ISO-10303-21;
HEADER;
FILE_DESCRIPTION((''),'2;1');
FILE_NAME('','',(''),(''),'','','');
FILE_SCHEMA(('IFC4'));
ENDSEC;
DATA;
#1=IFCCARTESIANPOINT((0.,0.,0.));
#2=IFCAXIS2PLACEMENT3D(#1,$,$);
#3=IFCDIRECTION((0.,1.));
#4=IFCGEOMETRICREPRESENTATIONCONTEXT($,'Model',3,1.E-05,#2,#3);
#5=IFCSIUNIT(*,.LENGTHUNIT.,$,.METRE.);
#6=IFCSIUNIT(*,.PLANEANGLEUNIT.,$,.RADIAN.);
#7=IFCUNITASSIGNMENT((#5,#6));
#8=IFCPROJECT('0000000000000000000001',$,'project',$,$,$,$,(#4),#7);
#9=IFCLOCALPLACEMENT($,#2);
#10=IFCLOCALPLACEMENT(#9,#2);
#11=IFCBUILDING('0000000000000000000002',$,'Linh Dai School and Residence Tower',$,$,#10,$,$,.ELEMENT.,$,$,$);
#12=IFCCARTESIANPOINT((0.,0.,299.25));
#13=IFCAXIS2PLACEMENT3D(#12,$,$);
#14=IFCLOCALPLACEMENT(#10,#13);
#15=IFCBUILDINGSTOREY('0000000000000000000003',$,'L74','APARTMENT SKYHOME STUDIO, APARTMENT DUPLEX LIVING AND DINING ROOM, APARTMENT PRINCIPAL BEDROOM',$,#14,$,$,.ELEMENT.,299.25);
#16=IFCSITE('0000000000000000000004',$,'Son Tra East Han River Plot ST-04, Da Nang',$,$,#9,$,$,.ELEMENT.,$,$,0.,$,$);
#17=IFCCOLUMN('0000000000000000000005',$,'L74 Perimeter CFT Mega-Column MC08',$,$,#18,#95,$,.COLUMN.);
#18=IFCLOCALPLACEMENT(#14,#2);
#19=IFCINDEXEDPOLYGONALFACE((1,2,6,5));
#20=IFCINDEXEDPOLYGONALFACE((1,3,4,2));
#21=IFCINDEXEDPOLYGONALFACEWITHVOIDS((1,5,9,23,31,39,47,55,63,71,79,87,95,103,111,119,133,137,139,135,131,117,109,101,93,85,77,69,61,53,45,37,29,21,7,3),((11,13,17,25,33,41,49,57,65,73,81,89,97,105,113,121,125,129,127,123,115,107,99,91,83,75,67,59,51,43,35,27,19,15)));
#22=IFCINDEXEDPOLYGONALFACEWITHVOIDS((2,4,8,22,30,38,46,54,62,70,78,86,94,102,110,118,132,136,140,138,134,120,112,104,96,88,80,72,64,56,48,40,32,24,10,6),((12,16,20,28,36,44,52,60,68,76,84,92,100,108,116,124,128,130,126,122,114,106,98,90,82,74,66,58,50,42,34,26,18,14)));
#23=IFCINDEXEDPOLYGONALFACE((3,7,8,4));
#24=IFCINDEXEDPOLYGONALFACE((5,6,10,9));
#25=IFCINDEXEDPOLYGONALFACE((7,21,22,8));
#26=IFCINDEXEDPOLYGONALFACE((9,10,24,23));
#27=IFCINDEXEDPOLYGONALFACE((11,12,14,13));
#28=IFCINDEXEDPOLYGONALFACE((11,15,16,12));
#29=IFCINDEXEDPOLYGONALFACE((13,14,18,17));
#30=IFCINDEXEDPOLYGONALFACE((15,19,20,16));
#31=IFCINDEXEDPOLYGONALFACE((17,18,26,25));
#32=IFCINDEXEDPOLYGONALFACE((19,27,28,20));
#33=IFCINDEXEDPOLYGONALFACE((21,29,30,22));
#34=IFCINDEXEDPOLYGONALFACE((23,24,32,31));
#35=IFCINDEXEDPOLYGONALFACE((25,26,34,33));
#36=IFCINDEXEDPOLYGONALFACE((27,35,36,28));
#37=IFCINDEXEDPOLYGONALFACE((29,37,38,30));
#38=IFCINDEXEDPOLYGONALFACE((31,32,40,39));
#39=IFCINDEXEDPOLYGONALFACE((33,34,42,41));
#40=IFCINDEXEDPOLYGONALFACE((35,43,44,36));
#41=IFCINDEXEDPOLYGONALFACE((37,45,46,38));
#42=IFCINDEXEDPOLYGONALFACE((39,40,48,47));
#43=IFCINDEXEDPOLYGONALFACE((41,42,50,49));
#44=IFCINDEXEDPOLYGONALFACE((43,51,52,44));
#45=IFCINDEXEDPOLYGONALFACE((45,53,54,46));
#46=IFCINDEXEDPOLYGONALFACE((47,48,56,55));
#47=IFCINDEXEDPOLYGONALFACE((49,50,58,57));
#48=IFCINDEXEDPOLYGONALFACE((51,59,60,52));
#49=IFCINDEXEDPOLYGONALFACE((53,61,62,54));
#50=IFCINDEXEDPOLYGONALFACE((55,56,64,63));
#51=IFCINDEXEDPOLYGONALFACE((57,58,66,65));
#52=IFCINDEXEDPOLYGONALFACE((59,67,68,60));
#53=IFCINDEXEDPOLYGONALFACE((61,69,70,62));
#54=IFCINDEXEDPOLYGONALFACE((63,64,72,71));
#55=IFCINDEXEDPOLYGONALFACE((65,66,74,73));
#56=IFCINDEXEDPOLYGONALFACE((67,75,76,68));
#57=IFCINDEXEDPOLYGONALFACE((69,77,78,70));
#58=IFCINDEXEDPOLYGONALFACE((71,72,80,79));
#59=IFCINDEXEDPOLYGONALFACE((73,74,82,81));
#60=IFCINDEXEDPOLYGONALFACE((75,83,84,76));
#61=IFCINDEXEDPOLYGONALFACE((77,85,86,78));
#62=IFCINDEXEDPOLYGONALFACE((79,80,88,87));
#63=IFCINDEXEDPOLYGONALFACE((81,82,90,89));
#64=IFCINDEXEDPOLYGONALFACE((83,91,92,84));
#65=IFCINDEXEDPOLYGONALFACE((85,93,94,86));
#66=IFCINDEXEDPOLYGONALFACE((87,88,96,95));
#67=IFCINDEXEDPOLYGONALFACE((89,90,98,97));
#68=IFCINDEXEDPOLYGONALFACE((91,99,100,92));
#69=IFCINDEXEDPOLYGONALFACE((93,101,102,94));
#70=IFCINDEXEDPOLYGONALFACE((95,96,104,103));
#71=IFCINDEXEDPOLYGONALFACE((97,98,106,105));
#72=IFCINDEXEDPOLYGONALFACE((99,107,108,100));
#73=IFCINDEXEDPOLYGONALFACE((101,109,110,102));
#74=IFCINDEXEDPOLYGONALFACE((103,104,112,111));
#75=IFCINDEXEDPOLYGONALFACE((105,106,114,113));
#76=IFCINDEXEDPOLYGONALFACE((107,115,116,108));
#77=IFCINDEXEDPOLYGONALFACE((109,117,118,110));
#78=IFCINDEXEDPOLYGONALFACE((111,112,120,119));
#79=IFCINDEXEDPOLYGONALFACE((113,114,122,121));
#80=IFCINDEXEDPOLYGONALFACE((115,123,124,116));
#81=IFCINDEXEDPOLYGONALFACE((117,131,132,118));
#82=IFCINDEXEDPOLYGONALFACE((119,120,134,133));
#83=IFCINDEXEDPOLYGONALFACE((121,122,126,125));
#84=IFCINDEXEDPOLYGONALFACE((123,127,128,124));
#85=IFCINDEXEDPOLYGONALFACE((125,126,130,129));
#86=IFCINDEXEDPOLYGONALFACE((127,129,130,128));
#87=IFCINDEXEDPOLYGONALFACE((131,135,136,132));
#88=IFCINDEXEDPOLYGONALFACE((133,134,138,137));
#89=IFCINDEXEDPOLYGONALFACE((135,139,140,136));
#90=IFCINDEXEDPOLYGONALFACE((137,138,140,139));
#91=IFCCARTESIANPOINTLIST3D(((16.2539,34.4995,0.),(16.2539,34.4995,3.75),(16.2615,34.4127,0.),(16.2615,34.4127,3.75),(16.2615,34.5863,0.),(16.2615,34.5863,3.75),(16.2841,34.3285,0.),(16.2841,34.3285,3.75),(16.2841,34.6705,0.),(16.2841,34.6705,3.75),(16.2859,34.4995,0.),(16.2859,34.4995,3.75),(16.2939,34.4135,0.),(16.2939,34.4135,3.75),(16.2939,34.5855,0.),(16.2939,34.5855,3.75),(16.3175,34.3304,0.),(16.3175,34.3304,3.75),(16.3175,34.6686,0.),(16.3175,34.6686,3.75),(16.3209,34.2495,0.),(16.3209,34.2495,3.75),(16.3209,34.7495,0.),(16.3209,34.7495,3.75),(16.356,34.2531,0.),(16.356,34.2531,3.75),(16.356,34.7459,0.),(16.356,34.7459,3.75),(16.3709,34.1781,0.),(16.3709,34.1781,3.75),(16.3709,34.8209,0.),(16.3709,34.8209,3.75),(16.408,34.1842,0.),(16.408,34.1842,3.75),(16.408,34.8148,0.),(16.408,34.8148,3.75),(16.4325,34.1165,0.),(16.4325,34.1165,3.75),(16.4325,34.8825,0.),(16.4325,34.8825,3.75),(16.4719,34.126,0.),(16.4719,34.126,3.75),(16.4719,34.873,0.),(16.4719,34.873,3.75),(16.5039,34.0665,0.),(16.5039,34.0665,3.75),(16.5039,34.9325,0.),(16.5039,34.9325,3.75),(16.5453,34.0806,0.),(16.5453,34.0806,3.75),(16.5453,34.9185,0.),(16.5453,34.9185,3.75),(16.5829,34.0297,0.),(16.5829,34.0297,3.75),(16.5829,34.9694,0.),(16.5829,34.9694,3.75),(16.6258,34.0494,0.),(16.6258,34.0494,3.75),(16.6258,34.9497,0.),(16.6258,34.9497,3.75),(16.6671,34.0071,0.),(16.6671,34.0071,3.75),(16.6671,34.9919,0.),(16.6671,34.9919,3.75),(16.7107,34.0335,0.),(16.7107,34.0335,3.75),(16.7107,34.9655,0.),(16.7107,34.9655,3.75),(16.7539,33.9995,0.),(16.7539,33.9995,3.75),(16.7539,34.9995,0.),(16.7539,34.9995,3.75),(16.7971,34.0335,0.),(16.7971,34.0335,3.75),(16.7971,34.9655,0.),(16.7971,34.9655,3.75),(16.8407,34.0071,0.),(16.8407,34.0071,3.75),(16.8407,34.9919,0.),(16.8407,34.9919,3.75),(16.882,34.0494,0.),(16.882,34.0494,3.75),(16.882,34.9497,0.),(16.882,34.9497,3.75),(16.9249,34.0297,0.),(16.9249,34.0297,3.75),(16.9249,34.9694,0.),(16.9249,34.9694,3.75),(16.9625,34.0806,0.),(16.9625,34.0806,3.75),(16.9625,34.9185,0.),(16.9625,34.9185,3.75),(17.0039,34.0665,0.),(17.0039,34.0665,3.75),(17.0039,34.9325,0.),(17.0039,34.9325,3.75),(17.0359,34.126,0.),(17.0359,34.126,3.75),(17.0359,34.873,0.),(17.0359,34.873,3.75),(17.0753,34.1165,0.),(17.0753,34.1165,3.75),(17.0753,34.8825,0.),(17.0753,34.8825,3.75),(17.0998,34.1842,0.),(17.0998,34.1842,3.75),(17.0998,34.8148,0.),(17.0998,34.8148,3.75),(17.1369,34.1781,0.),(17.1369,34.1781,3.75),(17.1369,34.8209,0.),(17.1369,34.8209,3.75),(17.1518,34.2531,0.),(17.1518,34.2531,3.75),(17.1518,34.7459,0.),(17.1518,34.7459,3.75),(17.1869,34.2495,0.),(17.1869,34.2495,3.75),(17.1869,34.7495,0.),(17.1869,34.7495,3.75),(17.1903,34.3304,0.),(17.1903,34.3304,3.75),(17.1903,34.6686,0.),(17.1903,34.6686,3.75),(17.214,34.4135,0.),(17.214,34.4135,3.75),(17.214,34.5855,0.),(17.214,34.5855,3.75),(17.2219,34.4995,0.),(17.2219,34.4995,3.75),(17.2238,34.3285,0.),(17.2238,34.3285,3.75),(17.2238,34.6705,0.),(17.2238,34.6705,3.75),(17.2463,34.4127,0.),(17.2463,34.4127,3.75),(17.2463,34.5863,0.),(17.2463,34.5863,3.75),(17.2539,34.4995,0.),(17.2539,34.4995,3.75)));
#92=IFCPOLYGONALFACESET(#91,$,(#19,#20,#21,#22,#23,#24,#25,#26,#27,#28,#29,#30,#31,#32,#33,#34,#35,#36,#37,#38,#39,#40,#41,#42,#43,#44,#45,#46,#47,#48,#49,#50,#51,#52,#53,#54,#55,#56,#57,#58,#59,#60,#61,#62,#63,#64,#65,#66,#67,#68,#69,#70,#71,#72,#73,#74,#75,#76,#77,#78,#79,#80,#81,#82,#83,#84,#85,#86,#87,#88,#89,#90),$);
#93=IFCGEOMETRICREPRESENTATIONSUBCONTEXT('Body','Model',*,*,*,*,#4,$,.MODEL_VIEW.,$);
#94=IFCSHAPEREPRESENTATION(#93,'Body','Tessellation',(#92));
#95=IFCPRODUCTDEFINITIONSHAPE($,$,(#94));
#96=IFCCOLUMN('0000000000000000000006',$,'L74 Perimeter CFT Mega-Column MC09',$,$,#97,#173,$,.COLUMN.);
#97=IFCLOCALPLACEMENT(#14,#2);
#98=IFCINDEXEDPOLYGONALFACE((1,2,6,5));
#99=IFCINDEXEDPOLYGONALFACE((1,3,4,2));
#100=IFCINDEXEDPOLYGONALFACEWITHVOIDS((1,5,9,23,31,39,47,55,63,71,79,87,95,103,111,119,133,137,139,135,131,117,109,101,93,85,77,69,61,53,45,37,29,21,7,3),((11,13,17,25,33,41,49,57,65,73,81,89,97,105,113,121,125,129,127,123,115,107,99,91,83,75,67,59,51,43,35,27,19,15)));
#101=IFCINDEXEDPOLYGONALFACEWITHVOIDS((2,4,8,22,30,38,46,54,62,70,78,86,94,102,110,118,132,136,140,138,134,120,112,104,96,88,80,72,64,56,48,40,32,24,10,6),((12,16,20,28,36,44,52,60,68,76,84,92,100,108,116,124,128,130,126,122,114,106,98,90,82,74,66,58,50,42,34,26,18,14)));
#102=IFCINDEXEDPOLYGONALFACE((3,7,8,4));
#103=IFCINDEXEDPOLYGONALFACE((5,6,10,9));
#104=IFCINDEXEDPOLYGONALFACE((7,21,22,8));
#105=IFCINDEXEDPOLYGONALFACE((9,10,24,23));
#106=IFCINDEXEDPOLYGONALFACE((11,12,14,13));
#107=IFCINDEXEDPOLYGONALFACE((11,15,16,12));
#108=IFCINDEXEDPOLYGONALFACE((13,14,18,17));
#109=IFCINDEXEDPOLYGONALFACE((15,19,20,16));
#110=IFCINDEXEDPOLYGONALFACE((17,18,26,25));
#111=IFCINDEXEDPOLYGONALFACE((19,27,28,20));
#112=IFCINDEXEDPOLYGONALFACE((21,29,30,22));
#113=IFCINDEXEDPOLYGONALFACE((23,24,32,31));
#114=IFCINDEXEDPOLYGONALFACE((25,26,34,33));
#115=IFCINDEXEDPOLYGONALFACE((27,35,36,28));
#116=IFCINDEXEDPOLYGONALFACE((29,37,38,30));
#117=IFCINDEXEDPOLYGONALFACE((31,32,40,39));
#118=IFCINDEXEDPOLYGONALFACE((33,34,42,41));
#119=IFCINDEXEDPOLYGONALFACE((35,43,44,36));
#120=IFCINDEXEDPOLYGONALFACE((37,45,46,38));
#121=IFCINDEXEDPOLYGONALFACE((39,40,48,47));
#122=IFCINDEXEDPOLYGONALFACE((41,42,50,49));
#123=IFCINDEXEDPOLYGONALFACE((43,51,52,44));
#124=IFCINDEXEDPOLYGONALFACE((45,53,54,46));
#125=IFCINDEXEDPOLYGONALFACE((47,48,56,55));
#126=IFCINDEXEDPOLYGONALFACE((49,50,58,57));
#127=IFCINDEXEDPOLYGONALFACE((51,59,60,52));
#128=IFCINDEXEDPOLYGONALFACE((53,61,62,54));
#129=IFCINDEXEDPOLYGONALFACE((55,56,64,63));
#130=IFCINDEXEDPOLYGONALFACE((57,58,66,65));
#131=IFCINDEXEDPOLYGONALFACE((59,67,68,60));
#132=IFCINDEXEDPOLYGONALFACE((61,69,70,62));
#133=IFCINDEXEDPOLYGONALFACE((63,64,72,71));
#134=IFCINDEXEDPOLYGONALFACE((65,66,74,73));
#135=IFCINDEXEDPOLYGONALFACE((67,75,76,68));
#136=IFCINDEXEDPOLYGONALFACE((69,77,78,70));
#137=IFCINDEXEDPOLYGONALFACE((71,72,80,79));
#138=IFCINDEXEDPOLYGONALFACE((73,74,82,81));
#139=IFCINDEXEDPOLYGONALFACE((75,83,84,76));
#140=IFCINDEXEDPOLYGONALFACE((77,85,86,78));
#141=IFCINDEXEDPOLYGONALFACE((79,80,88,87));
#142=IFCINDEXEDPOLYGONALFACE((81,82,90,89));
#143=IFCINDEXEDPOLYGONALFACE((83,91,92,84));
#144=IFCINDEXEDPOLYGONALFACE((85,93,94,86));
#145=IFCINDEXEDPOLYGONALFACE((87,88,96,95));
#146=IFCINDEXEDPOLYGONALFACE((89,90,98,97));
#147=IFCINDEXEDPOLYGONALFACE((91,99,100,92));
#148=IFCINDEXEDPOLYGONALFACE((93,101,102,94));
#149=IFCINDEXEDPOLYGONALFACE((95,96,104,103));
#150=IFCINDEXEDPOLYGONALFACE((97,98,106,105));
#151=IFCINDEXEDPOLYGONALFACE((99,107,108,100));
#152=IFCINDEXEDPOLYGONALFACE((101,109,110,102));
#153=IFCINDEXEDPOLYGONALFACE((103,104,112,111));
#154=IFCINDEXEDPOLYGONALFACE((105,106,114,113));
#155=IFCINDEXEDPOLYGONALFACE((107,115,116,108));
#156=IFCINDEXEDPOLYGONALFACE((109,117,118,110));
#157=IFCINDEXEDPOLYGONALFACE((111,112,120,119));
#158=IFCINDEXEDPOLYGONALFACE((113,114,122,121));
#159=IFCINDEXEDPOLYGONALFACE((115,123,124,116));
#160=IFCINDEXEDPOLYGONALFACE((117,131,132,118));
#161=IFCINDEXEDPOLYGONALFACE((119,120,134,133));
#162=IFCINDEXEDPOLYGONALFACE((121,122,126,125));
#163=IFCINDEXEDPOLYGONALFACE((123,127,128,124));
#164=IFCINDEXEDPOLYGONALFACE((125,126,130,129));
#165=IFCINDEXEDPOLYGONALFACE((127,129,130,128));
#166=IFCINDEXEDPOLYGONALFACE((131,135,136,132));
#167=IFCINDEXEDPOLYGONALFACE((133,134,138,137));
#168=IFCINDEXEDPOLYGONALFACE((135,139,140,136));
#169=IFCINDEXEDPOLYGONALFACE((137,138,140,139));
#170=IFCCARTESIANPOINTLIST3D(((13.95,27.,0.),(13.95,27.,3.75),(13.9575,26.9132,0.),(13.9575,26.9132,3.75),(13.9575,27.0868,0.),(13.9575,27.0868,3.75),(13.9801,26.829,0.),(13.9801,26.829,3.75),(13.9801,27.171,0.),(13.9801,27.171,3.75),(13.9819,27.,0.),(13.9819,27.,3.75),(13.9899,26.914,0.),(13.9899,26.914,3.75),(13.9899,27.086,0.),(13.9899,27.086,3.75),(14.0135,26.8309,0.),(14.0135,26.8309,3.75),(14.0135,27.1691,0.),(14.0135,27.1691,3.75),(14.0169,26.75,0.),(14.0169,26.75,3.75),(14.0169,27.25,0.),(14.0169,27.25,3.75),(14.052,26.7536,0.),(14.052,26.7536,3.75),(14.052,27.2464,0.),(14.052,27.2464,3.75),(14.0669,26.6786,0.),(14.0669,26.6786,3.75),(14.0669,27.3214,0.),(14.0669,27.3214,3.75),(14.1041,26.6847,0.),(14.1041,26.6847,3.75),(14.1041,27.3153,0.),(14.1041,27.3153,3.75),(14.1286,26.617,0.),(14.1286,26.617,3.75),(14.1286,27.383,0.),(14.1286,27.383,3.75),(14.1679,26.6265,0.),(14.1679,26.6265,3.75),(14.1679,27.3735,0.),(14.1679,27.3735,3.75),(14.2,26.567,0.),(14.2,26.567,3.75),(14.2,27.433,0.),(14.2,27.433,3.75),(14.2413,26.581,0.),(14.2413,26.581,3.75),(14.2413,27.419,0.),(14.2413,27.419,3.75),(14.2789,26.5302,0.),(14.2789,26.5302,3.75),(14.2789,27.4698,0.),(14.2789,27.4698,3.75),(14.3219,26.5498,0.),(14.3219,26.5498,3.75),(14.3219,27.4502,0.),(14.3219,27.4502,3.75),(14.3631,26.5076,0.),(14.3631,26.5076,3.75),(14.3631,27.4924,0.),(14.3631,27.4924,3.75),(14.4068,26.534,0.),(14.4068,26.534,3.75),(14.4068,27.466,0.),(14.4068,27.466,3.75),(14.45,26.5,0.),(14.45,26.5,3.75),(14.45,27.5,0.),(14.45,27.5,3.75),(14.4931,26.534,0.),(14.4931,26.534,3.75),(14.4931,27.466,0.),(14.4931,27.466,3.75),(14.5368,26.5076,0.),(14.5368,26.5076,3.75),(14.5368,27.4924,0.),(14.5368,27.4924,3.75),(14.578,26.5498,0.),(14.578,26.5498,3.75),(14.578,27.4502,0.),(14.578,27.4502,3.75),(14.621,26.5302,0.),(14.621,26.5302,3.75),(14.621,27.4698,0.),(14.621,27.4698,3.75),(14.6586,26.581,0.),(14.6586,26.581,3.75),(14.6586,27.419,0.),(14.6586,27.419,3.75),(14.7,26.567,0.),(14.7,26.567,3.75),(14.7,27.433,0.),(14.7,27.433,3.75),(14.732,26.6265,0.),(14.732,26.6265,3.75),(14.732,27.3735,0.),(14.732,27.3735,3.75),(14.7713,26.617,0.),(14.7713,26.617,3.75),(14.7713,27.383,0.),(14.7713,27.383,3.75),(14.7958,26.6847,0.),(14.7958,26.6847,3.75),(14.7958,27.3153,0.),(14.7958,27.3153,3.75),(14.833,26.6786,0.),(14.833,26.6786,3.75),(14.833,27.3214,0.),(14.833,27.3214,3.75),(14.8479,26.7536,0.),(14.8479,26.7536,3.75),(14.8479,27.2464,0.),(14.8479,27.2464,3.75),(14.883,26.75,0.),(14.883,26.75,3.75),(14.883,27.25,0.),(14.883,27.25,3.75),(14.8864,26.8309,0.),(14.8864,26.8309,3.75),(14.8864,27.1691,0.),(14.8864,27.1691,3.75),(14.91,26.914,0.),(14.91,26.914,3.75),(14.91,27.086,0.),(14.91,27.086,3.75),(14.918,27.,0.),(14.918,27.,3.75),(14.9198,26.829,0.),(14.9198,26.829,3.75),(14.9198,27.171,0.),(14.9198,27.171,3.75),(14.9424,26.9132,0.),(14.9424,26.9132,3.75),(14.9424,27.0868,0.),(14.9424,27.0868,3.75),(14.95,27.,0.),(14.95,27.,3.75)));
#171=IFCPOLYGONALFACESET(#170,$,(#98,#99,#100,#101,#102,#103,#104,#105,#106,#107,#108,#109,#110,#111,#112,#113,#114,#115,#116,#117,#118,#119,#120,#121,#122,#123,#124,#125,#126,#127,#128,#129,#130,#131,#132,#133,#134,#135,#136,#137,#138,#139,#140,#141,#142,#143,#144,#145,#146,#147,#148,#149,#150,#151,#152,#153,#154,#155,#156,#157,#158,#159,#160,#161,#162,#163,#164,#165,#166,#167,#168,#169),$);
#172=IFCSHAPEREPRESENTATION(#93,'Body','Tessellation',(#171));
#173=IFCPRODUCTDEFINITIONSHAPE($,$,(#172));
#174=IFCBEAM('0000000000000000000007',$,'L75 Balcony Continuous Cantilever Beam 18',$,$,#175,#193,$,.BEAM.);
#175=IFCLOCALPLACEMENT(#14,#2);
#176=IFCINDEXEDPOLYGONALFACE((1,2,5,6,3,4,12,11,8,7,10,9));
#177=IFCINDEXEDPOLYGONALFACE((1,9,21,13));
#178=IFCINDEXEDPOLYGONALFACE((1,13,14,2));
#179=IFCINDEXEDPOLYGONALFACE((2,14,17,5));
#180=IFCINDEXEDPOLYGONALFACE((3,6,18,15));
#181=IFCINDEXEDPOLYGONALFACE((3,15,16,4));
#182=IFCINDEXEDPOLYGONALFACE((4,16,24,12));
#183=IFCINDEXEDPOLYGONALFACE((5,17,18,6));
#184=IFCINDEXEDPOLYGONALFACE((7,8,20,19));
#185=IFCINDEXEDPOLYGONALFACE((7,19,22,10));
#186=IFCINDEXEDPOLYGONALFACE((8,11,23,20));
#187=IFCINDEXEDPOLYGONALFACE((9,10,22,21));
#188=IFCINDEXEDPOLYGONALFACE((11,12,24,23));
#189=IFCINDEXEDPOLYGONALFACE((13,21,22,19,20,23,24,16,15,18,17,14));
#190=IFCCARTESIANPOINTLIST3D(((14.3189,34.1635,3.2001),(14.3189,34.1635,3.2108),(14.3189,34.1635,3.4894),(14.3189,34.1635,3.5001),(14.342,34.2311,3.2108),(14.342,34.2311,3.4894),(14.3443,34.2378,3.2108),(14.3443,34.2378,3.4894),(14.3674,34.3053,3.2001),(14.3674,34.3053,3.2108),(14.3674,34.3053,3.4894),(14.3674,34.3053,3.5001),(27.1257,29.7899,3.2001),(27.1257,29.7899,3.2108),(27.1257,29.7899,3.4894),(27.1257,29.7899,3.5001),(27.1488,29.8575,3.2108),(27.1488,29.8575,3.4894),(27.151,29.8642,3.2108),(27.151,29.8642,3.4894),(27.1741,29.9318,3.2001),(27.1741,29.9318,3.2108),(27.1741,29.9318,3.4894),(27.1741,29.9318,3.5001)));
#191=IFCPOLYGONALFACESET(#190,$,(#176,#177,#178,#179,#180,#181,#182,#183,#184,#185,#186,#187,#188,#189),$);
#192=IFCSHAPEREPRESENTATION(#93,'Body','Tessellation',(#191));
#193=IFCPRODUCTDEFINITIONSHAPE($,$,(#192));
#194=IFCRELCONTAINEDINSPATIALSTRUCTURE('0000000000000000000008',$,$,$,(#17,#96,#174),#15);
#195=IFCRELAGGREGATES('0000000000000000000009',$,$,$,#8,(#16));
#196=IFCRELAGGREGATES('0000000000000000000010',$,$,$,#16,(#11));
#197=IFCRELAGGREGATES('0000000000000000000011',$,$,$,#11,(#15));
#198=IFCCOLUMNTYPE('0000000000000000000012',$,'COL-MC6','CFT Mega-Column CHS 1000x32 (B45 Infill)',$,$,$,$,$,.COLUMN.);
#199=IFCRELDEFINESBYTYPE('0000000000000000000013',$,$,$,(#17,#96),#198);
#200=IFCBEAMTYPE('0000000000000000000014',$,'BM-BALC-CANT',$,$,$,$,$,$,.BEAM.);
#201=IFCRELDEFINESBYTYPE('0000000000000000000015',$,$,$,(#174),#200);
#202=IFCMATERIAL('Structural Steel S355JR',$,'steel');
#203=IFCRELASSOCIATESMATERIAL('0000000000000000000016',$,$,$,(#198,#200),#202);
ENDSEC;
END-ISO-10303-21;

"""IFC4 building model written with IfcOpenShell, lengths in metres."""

from ifc_helpers import new_model, si_unit, direction, frame, origin, origin_2d, place, context, subcontext, project, spatial, hollow_circle, i_section, extrude, material, material_profile, profile_set, type_object, element, save


model = new_model("IFC4")

# Units and contexts
model_context = context("Model", 3, precision=1e-05, world=origin(), true_north=direction((0.0, 1.0)))
body_context = subcontext(model_context, "Body", "Model", "MODEL_VIEW")
ifc_project = project(units=[si_unit("LENGTHUNIT", "METRE"), si_unit("PLANEANGLEUNIT", "RADIAN")], contexts=[model_context])

# Site, building, storey
site_placement = place(None, origin())
site = spatial("IfcSite", under=ifc_project, at=site_placement, Name="Son Tra East Han River Plot ST-04, Da Nang", CompositionType="ELEMENT", RefElevation=0.0)
building_placement = place(site_placement, origin())
building = spatial("IfcBuilding", under=site, at=building_placement, Name="Linh Dai School and Residence Tower", CompositionType="ELEMENT")
storey_placement = place(building_placement, frame((0.0, 0.0, 299.25)))
storey = spatial("IfcBuildingStorey", under=building, at=storey_placement, Name="L74", Description="APARTMENT SKYHOME STUDIO, APARTMENT DUPLEX LIVING AND DINING ROOM, APARTMENT PRINCIPAL BEDROOM", CompositionType="ELEMENT", Elevation=299.25)

# Columns
ifc_material_1 = material(Name="Structural Steel S355JR", Category="steel")
ifc_material_profile_1 = material_profile(ifc_material_1, hollow_circle(Radius=0.5, WallThickness=0.032, at=origin_2d()), Name="CHS 1000x32")
ifc_profile_set_1 = profile_set([ifc_material_profile_1], Name="Structural Steel S355JR")
column_type = type_object("IfcColumnType", Name="COL-MC6", Description="CFT Mega-Column CHS 1000x32 (B45 Infill)", PredefinedType="COLUMN", material=ifc_profile_set_1)
for number, where, z_axis, x_axis, name in (
    (1, (16.7539, 34.4995, 0.0), (0.0, 0.0, 1.0), (1.0, 0.0, 0.0), "L74 Perimeter CFT Mega-Column MC08"),
    (2, (14.45, 27.0, 0.0), (0.0, 0.0, 1.0), (1.0, 0.0, 0.0), "L74 Perimeter CFT Mega-Column MC09"),
):
    element("IfcColumn", number, at=place(storey_placement, frame(where, z_axis=z_axis, x_axis=x_axis)), inside=storey, type_object=column_type, Name=name, PredefinedType="COLUMN", context=body_context, shape_type="SweptSolid", body=[
        extrude(hollow_circle(Radius=0.5, WallThickness=0.032, at=origin_2d()), origin(), (0.0, 0.0, 1.0), 3.75),
    ])

# Beam
ifc_material_profile_2 = material_profile(ifc_material_1, i_section(OverallWidth=0.1499, OverallDepth=0.3, WebThickness=0.0071, FlangeThickness=0.0107, at=origin_2d()), Name="IPE 300")
ifc_profile_set_2 = profile_set([ifc_material_profile_2], Name="Structural Steel S355JR")
beam_type_1 = type_object("IfcBeamType", Name="BM-BALC-CANT", PredefinedType="BEAM", material=ifc_profile_set_2)
beam_1_placement = place(storey_placement, frame((27.1499, 29.8608, 3.3501), z_axis=(-0.946338, 0.323179, 0.0), x_axis=(-0.323179, -0.946338, 0.0)))
element("IfcBeam", 3, at=beam_1_placement, inside=storey, type_object=beam_type_1, Name="L75 Balcony Continuous Cantilever Beam 18", PredefinedType="BEAM", context=body_context, shape_type="SweptSolid", body=[
    extrude(i_section(OverallWidth=0.1499, OverallDepth=0.3, WebThickness=0.0071, FlangeThickness=0.0107, at=origin_2d()), origin(), (0.0, 0.0, 1.0), 13.533),
])

save(model, "model.ifc")
